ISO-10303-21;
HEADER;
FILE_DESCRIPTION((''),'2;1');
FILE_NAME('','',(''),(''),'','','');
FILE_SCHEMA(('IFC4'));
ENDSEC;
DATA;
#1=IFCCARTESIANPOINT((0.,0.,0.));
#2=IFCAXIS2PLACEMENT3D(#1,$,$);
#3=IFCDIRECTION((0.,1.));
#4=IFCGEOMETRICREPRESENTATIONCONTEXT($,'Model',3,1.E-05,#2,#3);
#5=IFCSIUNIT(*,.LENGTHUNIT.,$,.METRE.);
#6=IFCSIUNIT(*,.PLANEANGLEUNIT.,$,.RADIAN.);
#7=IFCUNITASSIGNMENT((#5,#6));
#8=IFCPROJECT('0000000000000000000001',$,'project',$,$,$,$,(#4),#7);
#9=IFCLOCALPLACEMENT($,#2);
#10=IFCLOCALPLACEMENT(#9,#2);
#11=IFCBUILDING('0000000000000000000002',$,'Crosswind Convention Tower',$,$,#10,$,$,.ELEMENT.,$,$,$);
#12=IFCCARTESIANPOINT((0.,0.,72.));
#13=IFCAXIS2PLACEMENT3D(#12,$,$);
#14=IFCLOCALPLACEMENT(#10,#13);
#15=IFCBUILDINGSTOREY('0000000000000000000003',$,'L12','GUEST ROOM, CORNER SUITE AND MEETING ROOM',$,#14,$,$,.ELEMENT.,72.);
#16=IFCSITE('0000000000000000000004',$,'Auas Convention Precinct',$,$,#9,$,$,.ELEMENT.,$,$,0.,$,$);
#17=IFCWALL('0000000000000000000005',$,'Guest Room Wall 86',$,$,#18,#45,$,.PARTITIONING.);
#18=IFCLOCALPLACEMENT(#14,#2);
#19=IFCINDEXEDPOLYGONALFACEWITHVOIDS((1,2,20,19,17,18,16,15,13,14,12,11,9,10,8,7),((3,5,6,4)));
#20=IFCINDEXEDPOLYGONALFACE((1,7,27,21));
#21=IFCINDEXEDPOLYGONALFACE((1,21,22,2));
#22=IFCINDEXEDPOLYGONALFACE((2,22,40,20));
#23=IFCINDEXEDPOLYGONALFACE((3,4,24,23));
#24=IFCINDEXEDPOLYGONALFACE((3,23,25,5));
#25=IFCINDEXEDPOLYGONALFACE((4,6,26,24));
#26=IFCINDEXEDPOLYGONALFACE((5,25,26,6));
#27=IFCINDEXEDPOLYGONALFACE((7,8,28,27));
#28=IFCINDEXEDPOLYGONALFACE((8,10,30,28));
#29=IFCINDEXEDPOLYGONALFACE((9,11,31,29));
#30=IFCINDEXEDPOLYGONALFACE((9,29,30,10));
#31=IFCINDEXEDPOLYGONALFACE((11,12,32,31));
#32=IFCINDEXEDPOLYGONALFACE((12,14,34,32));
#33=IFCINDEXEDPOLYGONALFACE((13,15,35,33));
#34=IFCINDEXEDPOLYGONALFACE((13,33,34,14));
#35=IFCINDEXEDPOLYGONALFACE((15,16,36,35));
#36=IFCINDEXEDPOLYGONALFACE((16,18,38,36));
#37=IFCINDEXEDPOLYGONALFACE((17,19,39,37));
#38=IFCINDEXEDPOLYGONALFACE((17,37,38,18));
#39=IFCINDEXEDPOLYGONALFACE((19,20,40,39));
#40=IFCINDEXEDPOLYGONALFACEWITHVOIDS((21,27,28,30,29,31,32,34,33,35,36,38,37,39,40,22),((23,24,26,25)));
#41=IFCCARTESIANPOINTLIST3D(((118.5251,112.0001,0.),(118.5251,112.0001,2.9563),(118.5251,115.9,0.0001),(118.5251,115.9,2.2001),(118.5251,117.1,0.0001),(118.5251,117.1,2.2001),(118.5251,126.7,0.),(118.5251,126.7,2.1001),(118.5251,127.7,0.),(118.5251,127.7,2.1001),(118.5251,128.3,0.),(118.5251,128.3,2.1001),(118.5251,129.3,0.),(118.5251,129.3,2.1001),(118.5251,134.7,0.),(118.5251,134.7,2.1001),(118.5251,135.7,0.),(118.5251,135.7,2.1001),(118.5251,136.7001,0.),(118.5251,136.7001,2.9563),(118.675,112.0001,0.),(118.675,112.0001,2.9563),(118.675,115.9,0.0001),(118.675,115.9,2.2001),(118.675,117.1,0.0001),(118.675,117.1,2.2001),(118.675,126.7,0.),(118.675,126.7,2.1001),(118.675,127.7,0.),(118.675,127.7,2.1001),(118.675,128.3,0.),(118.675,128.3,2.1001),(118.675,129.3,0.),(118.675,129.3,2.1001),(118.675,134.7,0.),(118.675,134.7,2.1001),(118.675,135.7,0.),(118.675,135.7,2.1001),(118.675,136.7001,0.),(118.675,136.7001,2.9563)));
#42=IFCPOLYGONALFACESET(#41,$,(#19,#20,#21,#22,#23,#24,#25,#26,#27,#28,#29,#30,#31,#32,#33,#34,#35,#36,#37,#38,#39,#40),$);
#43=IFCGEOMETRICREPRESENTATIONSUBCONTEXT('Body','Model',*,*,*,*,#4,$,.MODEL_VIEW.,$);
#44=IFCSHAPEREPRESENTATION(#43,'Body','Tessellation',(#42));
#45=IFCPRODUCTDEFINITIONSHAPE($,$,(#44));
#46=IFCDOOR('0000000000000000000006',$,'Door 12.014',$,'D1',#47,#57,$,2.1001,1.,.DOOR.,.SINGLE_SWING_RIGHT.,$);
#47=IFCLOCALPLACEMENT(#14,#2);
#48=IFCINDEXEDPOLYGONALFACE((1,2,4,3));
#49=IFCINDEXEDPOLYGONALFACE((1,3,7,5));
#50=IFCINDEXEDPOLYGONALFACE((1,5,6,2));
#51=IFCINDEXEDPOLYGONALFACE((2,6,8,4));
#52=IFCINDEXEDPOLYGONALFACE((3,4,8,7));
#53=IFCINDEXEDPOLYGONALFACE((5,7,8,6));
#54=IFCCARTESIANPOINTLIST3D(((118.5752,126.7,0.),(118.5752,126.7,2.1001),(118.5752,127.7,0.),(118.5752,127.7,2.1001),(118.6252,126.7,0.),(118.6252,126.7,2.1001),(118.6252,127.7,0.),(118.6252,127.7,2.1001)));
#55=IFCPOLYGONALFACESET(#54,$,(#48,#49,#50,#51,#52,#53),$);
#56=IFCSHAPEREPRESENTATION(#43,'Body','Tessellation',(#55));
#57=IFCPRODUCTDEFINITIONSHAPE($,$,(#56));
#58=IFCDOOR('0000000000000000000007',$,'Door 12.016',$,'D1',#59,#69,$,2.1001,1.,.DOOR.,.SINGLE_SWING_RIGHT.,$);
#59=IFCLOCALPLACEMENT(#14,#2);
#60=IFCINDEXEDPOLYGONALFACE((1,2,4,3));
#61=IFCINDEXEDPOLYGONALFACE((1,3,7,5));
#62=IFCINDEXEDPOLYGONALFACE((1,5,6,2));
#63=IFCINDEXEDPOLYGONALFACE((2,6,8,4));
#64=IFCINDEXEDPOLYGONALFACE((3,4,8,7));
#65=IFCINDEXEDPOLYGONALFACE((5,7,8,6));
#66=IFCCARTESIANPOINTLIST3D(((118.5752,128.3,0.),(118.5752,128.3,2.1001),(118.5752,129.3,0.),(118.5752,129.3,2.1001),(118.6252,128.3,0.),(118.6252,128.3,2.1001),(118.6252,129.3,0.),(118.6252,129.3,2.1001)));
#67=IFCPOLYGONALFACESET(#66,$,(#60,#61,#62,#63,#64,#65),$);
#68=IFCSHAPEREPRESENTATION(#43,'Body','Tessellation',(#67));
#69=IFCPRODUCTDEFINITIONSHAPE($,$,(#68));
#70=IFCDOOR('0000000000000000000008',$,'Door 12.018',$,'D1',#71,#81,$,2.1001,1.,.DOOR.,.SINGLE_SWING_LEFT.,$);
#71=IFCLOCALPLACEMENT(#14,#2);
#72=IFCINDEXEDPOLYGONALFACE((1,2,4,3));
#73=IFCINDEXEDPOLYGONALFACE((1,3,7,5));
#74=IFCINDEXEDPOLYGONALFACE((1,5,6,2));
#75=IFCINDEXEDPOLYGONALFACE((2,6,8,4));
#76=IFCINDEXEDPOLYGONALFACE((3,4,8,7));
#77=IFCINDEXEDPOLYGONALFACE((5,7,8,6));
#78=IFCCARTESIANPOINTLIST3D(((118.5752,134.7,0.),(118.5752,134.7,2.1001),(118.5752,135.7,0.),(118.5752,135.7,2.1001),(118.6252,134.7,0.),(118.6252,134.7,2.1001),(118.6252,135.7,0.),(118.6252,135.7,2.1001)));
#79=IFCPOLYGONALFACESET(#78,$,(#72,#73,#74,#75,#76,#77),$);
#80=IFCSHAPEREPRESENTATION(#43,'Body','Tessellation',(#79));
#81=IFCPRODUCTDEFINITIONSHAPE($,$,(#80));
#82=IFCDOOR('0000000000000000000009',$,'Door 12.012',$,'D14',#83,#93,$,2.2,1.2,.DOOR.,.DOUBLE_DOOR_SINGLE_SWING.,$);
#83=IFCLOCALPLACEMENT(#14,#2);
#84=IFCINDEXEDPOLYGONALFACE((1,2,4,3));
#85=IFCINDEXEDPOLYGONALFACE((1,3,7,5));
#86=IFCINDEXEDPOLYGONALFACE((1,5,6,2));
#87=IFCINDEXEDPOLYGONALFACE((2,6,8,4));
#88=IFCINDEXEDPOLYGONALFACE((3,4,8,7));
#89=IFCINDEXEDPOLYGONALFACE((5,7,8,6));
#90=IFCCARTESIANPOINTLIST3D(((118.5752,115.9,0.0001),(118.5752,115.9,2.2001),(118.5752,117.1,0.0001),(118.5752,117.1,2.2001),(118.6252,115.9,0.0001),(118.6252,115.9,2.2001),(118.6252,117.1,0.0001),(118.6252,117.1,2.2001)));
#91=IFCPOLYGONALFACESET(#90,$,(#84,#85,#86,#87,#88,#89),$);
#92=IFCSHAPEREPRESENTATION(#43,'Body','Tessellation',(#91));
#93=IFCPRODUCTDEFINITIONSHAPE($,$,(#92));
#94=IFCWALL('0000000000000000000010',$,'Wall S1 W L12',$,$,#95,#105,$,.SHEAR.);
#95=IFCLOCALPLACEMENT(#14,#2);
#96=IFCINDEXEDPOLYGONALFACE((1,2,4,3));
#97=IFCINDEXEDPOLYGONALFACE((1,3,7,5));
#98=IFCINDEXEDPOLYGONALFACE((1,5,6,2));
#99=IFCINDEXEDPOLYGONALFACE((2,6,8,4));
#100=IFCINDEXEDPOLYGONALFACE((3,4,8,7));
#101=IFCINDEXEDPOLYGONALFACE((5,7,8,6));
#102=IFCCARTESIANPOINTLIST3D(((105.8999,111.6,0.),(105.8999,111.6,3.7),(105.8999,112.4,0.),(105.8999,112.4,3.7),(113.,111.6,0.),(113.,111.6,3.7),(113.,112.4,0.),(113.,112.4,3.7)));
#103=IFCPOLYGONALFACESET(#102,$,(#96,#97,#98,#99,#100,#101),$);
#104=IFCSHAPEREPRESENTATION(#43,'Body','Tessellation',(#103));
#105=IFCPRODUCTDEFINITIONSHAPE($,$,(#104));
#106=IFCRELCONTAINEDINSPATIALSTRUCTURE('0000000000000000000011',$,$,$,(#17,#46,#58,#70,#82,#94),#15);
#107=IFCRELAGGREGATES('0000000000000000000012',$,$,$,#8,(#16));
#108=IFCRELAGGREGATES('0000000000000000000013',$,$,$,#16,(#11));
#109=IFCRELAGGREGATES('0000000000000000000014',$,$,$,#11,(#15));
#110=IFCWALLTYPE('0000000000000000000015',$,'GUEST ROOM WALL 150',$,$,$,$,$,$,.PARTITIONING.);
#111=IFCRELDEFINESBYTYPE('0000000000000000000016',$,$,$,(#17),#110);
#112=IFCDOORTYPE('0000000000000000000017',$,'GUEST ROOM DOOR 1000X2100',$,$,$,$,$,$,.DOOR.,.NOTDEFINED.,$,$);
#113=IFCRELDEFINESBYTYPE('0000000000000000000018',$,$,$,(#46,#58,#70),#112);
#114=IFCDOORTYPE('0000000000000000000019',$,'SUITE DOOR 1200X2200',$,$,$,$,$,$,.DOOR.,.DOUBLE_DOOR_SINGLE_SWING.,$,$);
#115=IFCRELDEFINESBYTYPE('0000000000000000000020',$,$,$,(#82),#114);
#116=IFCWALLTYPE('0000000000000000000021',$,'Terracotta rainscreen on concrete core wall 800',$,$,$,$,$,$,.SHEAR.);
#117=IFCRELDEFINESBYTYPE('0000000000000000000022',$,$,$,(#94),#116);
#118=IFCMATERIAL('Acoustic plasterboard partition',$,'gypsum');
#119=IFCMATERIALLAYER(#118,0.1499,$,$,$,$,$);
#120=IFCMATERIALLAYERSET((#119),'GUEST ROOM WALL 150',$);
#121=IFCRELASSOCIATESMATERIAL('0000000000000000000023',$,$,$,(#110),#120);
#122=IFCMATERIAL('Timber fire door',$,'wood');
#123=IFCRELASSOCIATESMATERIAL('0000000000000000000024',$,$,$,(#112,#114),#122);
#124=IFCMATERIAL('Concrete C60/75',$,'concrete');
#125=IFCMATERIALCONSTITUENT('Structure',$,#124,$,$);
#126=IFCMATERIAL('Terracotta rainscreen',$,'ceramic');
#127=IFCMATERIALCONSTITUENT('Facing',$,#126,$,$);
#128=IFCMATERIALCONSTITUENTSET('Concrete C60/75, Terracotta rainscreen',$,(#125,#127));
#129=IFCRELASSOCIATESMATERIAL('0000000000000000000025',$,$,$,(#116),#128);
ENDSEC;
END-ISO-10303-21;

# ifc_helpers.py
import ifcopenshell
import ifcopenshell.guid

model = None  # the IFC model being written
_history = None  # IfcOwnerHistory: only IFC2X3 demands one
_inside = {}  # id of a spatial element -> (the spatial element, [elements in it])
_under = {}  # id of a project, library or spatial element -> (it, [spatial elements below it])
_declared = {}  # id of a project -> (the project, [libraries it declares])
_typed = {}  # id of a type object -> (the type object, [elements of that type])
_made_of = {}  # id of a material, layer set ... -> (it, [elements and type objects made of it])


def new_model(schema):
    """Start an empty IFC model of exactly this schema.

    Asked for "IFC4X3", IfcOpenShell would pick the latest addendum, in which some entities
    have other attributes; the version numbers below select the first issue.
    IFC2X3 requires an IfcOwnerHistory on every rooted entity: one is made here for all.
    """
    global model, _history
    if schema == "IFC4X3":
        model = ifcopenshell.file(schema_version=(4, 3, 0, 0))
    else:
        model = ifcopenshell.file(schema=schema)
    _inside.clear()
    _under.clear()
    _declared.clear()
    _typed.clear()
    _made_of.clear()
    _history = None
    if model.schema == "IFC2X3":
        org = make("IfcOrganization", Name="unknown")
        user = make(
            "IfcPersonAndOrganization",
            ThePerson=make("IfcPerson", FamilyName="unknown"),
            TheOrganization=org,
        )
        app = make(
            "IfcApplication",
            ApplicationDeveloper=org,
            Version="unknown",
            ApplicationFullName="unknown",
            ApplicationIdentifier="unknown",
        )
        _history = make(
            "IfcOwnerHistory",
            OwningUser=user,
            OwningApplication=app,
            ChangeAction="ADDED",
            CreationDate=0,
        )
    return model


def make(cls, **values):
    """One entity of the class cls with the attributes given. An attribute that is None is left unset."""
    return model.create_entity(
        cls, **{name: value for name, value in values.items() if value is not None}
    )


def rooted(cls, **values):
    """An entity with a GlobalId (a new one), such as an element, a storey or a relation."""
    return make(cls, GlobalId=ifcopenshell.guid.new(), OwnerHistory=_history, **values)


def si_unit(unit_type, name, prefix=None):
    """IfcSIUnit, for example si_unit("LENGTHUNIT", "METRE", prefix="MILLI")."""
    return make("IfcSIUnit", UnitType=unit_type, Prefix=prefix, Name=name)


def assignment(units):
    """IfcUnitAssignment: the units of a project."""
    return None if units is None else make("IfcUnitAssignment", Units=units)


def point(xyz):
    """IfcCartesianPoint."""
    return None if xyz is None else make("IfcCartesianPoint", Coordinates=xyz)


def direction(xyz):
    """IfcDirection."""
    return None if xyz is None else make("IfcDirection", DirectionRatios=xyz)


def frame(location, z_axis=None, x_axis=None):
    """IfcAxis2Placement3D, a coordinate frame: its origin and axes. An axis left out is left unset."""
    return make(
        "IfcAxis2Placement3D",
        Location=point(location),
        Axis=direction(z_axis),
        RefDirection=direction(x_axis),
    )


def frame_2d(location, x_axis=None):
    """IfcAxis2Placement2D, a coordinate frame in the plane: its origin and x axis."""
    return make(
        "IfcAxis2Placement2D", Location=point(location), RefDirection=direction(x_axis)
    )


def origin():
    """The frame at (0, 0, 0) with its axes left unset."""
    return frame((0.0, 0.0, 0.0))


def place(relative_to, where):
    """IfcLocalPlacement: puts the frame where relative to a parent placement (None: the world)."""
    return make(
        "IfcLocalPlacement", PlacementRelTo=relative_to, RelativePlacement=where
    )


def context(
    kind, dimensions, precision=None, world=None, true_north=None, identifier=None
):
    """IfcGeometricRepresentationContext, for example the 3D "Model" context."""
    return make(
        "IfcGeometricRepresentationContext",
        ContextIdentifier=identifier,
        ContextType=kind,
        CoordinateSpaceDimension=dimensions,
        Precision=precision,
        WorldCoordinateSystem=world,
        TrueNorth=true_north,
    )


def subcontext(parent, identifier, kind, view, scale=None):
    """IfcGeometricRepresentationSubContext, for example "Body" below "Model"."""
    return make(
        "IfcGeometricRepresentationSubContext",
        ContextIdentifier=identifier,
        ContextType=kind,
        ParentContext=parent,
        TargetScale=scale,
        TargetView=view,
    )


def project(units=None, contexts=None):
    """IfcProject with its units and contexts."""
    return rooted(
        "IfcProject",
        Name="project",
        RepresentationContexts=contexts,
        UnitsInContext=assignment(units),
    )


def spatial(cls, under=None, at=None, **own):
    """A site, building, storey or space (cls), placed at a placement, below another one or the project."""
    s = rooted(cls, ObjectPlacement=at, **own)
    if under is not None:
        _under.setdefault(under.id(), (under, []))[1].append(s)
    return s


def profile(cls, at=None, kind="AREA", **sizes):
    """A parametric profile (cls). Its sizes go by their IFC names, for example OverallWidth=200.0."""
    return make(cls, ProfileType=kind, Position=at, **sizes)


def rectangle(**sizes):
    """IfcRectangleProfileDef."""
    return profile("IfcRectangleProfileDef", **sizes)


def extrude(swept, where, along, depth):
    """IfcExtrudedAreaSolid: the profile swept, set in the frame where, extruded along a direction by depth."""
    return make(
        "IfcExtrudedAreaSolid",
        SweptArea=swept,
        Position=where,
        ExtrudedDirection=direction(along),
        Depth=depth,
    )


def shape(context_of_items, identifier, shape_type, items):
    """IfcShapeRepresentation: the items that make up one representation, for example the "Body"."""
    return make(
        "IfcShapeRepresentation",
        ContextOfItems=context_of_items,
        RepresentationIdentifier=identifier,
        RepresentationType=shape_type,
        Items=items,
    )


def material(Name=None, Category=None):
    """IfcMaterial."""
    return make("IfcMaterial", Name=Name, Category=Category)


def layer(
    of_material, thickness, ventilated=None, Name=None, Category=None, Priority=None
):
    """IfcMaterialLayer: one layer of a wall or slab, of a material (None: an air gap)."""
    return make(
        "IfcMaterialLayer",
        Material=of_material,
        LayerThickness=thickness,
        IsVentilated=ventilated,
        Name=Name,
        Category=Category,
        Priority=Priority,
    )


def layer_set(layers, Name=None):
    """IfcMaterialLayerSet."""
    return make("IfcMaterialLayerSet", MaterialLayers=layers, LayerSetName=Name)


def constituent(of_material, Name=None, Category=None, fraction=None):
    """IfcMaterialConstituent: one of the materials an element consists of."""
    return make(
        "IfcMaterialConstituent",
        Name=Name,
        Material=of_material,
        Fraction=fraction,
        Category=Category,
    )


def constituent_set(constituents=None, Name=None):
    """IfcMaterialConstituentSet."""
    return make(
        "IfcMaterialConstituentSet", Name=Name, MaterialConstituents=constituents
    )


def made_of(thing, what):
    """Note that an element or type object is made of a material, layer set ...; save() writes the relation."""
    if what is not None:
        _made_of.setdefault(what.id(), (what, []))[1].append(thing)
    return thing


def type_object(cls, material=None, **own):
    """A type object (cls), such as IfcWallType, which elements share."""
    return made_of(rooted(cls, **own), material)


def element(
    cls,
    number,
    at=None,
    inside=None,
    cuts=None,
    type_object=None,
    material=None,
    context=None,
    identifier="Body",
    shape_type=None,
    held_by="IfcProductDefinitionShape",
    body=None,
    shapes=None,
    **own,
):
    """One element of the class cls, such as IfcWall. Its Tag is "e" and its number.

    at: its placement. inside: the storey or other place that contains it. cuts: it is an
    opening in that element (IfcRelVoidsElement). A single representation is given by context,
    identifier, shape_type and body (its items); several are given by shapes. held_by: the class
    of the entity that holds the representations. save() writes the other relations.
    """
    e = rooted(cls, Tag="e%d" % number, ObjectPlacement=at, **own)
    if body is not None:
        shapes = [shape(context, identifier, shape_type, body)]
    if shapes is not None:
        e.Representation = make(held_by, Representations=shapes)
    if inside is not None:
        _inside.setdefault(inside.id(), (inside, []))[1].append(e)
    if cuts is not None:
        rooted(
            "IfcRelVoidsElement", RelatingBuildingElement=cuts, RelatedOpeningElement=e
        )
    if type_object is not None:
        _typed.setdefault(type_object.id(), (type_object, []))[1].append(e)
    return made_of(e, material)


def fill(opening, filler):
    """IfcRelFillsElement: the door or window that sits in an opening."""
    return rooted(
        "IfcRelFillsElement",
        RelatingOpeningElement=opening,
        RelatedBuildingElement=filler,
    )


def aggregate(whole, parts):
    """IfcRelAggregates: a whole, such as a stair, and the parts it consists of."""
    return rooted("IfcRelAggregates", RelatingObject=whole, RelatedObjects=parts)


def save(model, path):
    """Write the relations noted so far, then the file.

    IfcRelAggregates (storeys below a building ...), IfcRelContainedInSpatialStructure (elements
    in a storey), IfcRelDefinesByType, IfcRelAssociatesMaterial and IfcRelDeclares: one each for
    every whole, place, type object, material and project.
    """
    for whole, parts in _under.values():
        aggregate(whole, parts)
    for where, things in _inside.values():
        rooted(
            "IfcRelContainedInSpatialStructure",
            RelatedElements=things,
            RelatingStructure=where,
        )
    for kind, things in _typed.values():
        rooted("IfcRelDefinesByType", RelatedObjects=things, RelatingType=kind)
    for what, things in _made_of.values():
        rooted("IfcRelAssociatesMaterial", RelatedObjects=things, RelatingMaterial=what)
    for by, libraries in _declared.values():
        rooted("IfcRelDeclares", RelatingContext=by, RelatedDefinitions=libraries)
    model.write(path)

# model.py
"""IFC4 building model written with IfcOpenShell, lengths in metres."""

from ifc_helpers import new_model, si_unit, direction, frame, frame_2d, origin, place, context, subcontext, project, spatial, rectangle, extrude, material, layer, layer_set, constituent, constituent_set, type_object, element, fill, save


model = new_model("IFC4")

# Units and contexts
model_context = context("Model", 3, precision=1e-05, world=origin(), true_north=direction((0.0, 1.0)))
body_context = subcontext(model_context, "Body", "Model", "MODEL_VIEW")
ifc_project = project(units=[si_unit("LENGTHUNIT", "METRE"), si_unit("PLANEANGLEUNIT", "RADIAN")], contexts=[model_context])

# Site, building, storey
site_placement = place(None, origin())
site = spatial("IfcSite", under=ifc_project, at=site_placement, Name="Auas Convention Precinct", CompositionType="ELEMENT", RefElevation=0.0)
building_placement = place(site_placement, origin())
building = spatial("IfcBuilding", under=site, at=building_placement, Name="Crosswind Convention Tower", CompositionType="ELEMENT")
storey_placement = place(building_placement, frame((0.0, 0.0, 72.0)))
storey = spatial("IfcBuildingStorey", under=building, at=storey_placement, Name="L12", Description="GUEST ROOM, CORNER SUITE AND MEETING ROOM", CompositionType="ELEMENT", Elevation=72.0)

# Shared definitions
ifc_material_1 = material(Name="Timber fire door", Category="wood")

# Shared definitions
ifc_material_2 = material(Name="Acoustic plasterboard partition", Category="gypsum")
ifc_layer_1 = layer(ifc_material_2, 0.1499)
ifc_layer_set_1 = layer_set([ifc_layer_1], Name="GUEST ROOM WALL 150")
wall_type_1 = type_object("IfcWallType", Name="GUEST ROOM WALL 150", PredefinedType="PARTITIONING", material=ifc_layer_set_1)

# Wall, openings, doors
wall_1_placement = place(storey_placement, frame((118.6001, 112.0, 0.0), z_axis=(0.0, 0.0, 1.0), x_axis=(0.0, 1.0, 0.0)))
wall_1 = element("IfcWall", 1, at=wall_1_placement, inside=storey, type_object=wall_type_1, Name="Guest Room Wall 86", PredefinedType="PARTITIONING", context=body_context, shape_type="SweptSolid", body=[
    extrude(rectangle(XDim=24.7, YDim=0.1499, at=frame_2d((12.3501, 0.0))), origin(), (0.0, 0.0, 1.0), 2.9563),
])
opening_1_placement = place(wall_1_placement, frame((3.8999, 0.0, 0.0)))
opening_1 = element("IfcOpeningElement", 2, at=opening_1_placement, cuts=wall_1, PredefinedType="OPENING", context=body_context, shape_type="SweptSolid", body=[
    extrude(rectangle(XDim=1.2, YDim=2.2, at=frame_2d((0.6001, 1.1001))), frame((0.0, 0.085, 0.0), z_axis=(0.0, -1.0, 0.0), x_axis=(1.0, 0.0, 0.0)), (0.0, 0.0, 1.0), 0.1699),
])
opening_2_placement = place(wall_1_placement, frame((14.7, 0.0, 0.0)))
opening_2 = element("IfcOpeningElement", 3, at=opening_2_placement, cuts=wall_1, PredefinedType="OPENING", context=body_context, shape_type="SweptSolid", body=[
    extrude(rectangle(XDim=1.0, YDim=2.1001, at=frame_2d((0.5, 1.05))), frame((0.0, 0.085, 0.0), z_axis=(0.0, -1.0, 0.0), x_axis=(1.0, 0.0, 0.0)), (0.0, 0.0, 1.0), 0.1699),
])
opening_3_placement = place(wall_1_placement, frame((16.3, 0.0, 0.0)))
opening_3 = element("IfcOpeningElement", 4, at=opening_3_placement, cuts=wall_1, PredefinedType="OPENING", context=body_context, shape_type="SweptSolid", body=[
    extrude(rectangle(XDim=1.0, YDim=2.1001, at=frame_2d((0.5, 1.05))), frame((0.0, 0.085, 0.0), z_axis=(0.0, -1.0, 0.0), x_axis=(1.0, 0.0, 0.0)), (0.0, 0.0, 1.0), 0.1699),
])
opening_4_placement = place(wall_1_placement, frame((22.7, 0.0, 0.0)))
opening_4 = element("IfcOpeningElement", 5, at=opening_4_placement, cuts=wall_1, PredefinedType="OPENING", context=body_context, shape_type="SweptSolid", body=[
    extrude(rectangle(XDim=1.0, YDim=2.1001, at=frame_2d((0.5, 1.05))), frame((0.0, 0.085, 0.0), z_axis=(0.0, -1.0, 0.0), x_axis=(1.0, 0.0, 0.0)), (0.0, 0.0, 1.0), 0.1699),
])
door_type_1 = type_object("IfcDoorType", Name="GUEST ROOM DOOR 1000X2100", OperationType="NOTDEFINED", PredefinedType="DOOR", material=ifc_material_1)
door_1_placement = place(opening_2_placement, origin())
door_1 = element("IfcDoor", 6, at=door_1_placement, inside=storey, type_object=door_type_1, Name="Door 12.014", ObjectType="D1", OperationType="SINGLE_SWING_RIGHT", OverallHeight=2.1001, OverallWidth=1.0, PredefinedType="DOOR", context=body_context, shape_type="SweptSolid", body=[
    extrude(rectangle(XDim=1.0, YDim=2.1001, at=frame_2d((0.5, 1.05))), frame((0.0, 0.0249, 0.0), z_axis=(0.0, -1.0, 0.0), x_axis=(1.0, 0.0, 0.0)), (0.0, 0.0, 1.0), 0.05),
])
fill(opening_2, door_1)
door_2_placement = place(opening_3_placement, origin())
door_2 = element("IfcDoor", 7, at=door_2_placement, inside=storey, type_object=door_type_1, Name="Door 12.016", ObjectType="D1", OperationType="SINGLE_SWING_RIGHT", OverallHeight=2.1001, OverallWidth=1.0, PredefinedType="DOOR", context=body_context, shape_type="SweptSolid", body=[
    extrude(rectangle(XDim=1.0, YDim=2.1001, at=frame_2d((0.5, 1.05))), frame((0.0, 0.0249, 0.0), z_axis=(0.0, -1.0, 0.0), x_axis=(1.0, 0.0, 0.0)), (0.0, 0.0, 1.0), 0.05),
])
fill(opening_3, door_2)
door_3_placement = place(opening_4_placement, origin())
door_3 = element("IfcDoor", 8, at=door_3_placement, inside=storey, type_object=door_type_1, Name="Door 12.018", ObjectType="D1", OperationType="SINGLE_SWING_LEFT", OverallHeight=2.1001, OverallWidth=1.0, PredefinedType="DOOR", context=body_context, shape_type="SweptSolid", body=[
    extrude(rectangle(XDim=1.0, YDim=2.1001, at=frame_2d((0.5, 1.05))), frame((0.0, 0.0249, 0.0), z_axis=(0.0, -1.0, 0.0), x_axis=(1.0, 0.0, 0.0)), (0.0, 0.0, 1.0), 0.05),
])
fill(opening_4, door_3)
door_type_2 = type_object("IfcDoorType", Name="SUITE DOOR 1200X2200", OperationType="DOUBLE_DOOR_SINGLE_SWING", PredefinedType="DOOR", material=ifc_material_1)
door_4_placement = place(opening_1_placement, origin())
door_4 = element("IfcDoor", 9, at=door_4_placement, inside=storey, type_object=door_type_2, Name="Door 12.012", ObjectType="D14", OperationType="DOUBLE_DOOR_SINGLE_SWING", OverallHeight=2.2, OverallWidth=1.2, PredefinedType="DOOR", context=body_context, shape_type="SweptSolid", body=[
    extrude(rectangle(XDim=1.2, YDim=2.2, at=frame_2d((0.6001, 1.1001))), frame((0.0, 0.0249, 0.0), z_axis=(0.0, -1.0, 0.0), x_axis=(1.0, 0.0, 0.0)), (0.0, 0.0, 1.0), 0.05),
])
fill(opening_1, door_4)

# Wall
ifc_material_3 = material(Name="Concrete C60/75", Category="concrete")
ifc_constituent_1 = constituent(ifc_material_3, Name="Structure")
ifc_material_4 = material(Name="Terracotta rainscreen", Category="ceramic")
ifc_constituent_2 = constituent(ifc_material_4, Name="Facing")
ifc_constituent_set = constituent_set(constituents=[ifc_constituent_1, ifc_constituent_2], Name="Concrete C60/75, Terracotta rainscreen")
wall_type_2 = type_object("IfcWallType", Name="Terracotta rainscreen on concrete core wall 800", PredefinedType="SHEAR", material=ifc_constituent_set)
wall_2_placement = place(storey_placement, frame((113.0, 112.0, 0.0), z_axis=(0.0, 0.0, 1.0), x_axis=(-1.0, 0.0, 0.0)))
element("IfcWall", 10, at=wall_2_placement, inside=storey, type_object=wall_type_2, Name="Wall S1 W L12", PredefinedType="SHEAR", context=body_context, shape_type="SweptSolid", body=[
    extrude(rectangle(XDim=7.1001, YDim=0.8, at=frame_2d((3.55, 0.0))), origin(), (0.0, 0.0, 1.0), 3.7),
])

save(model, "model.ifc")
